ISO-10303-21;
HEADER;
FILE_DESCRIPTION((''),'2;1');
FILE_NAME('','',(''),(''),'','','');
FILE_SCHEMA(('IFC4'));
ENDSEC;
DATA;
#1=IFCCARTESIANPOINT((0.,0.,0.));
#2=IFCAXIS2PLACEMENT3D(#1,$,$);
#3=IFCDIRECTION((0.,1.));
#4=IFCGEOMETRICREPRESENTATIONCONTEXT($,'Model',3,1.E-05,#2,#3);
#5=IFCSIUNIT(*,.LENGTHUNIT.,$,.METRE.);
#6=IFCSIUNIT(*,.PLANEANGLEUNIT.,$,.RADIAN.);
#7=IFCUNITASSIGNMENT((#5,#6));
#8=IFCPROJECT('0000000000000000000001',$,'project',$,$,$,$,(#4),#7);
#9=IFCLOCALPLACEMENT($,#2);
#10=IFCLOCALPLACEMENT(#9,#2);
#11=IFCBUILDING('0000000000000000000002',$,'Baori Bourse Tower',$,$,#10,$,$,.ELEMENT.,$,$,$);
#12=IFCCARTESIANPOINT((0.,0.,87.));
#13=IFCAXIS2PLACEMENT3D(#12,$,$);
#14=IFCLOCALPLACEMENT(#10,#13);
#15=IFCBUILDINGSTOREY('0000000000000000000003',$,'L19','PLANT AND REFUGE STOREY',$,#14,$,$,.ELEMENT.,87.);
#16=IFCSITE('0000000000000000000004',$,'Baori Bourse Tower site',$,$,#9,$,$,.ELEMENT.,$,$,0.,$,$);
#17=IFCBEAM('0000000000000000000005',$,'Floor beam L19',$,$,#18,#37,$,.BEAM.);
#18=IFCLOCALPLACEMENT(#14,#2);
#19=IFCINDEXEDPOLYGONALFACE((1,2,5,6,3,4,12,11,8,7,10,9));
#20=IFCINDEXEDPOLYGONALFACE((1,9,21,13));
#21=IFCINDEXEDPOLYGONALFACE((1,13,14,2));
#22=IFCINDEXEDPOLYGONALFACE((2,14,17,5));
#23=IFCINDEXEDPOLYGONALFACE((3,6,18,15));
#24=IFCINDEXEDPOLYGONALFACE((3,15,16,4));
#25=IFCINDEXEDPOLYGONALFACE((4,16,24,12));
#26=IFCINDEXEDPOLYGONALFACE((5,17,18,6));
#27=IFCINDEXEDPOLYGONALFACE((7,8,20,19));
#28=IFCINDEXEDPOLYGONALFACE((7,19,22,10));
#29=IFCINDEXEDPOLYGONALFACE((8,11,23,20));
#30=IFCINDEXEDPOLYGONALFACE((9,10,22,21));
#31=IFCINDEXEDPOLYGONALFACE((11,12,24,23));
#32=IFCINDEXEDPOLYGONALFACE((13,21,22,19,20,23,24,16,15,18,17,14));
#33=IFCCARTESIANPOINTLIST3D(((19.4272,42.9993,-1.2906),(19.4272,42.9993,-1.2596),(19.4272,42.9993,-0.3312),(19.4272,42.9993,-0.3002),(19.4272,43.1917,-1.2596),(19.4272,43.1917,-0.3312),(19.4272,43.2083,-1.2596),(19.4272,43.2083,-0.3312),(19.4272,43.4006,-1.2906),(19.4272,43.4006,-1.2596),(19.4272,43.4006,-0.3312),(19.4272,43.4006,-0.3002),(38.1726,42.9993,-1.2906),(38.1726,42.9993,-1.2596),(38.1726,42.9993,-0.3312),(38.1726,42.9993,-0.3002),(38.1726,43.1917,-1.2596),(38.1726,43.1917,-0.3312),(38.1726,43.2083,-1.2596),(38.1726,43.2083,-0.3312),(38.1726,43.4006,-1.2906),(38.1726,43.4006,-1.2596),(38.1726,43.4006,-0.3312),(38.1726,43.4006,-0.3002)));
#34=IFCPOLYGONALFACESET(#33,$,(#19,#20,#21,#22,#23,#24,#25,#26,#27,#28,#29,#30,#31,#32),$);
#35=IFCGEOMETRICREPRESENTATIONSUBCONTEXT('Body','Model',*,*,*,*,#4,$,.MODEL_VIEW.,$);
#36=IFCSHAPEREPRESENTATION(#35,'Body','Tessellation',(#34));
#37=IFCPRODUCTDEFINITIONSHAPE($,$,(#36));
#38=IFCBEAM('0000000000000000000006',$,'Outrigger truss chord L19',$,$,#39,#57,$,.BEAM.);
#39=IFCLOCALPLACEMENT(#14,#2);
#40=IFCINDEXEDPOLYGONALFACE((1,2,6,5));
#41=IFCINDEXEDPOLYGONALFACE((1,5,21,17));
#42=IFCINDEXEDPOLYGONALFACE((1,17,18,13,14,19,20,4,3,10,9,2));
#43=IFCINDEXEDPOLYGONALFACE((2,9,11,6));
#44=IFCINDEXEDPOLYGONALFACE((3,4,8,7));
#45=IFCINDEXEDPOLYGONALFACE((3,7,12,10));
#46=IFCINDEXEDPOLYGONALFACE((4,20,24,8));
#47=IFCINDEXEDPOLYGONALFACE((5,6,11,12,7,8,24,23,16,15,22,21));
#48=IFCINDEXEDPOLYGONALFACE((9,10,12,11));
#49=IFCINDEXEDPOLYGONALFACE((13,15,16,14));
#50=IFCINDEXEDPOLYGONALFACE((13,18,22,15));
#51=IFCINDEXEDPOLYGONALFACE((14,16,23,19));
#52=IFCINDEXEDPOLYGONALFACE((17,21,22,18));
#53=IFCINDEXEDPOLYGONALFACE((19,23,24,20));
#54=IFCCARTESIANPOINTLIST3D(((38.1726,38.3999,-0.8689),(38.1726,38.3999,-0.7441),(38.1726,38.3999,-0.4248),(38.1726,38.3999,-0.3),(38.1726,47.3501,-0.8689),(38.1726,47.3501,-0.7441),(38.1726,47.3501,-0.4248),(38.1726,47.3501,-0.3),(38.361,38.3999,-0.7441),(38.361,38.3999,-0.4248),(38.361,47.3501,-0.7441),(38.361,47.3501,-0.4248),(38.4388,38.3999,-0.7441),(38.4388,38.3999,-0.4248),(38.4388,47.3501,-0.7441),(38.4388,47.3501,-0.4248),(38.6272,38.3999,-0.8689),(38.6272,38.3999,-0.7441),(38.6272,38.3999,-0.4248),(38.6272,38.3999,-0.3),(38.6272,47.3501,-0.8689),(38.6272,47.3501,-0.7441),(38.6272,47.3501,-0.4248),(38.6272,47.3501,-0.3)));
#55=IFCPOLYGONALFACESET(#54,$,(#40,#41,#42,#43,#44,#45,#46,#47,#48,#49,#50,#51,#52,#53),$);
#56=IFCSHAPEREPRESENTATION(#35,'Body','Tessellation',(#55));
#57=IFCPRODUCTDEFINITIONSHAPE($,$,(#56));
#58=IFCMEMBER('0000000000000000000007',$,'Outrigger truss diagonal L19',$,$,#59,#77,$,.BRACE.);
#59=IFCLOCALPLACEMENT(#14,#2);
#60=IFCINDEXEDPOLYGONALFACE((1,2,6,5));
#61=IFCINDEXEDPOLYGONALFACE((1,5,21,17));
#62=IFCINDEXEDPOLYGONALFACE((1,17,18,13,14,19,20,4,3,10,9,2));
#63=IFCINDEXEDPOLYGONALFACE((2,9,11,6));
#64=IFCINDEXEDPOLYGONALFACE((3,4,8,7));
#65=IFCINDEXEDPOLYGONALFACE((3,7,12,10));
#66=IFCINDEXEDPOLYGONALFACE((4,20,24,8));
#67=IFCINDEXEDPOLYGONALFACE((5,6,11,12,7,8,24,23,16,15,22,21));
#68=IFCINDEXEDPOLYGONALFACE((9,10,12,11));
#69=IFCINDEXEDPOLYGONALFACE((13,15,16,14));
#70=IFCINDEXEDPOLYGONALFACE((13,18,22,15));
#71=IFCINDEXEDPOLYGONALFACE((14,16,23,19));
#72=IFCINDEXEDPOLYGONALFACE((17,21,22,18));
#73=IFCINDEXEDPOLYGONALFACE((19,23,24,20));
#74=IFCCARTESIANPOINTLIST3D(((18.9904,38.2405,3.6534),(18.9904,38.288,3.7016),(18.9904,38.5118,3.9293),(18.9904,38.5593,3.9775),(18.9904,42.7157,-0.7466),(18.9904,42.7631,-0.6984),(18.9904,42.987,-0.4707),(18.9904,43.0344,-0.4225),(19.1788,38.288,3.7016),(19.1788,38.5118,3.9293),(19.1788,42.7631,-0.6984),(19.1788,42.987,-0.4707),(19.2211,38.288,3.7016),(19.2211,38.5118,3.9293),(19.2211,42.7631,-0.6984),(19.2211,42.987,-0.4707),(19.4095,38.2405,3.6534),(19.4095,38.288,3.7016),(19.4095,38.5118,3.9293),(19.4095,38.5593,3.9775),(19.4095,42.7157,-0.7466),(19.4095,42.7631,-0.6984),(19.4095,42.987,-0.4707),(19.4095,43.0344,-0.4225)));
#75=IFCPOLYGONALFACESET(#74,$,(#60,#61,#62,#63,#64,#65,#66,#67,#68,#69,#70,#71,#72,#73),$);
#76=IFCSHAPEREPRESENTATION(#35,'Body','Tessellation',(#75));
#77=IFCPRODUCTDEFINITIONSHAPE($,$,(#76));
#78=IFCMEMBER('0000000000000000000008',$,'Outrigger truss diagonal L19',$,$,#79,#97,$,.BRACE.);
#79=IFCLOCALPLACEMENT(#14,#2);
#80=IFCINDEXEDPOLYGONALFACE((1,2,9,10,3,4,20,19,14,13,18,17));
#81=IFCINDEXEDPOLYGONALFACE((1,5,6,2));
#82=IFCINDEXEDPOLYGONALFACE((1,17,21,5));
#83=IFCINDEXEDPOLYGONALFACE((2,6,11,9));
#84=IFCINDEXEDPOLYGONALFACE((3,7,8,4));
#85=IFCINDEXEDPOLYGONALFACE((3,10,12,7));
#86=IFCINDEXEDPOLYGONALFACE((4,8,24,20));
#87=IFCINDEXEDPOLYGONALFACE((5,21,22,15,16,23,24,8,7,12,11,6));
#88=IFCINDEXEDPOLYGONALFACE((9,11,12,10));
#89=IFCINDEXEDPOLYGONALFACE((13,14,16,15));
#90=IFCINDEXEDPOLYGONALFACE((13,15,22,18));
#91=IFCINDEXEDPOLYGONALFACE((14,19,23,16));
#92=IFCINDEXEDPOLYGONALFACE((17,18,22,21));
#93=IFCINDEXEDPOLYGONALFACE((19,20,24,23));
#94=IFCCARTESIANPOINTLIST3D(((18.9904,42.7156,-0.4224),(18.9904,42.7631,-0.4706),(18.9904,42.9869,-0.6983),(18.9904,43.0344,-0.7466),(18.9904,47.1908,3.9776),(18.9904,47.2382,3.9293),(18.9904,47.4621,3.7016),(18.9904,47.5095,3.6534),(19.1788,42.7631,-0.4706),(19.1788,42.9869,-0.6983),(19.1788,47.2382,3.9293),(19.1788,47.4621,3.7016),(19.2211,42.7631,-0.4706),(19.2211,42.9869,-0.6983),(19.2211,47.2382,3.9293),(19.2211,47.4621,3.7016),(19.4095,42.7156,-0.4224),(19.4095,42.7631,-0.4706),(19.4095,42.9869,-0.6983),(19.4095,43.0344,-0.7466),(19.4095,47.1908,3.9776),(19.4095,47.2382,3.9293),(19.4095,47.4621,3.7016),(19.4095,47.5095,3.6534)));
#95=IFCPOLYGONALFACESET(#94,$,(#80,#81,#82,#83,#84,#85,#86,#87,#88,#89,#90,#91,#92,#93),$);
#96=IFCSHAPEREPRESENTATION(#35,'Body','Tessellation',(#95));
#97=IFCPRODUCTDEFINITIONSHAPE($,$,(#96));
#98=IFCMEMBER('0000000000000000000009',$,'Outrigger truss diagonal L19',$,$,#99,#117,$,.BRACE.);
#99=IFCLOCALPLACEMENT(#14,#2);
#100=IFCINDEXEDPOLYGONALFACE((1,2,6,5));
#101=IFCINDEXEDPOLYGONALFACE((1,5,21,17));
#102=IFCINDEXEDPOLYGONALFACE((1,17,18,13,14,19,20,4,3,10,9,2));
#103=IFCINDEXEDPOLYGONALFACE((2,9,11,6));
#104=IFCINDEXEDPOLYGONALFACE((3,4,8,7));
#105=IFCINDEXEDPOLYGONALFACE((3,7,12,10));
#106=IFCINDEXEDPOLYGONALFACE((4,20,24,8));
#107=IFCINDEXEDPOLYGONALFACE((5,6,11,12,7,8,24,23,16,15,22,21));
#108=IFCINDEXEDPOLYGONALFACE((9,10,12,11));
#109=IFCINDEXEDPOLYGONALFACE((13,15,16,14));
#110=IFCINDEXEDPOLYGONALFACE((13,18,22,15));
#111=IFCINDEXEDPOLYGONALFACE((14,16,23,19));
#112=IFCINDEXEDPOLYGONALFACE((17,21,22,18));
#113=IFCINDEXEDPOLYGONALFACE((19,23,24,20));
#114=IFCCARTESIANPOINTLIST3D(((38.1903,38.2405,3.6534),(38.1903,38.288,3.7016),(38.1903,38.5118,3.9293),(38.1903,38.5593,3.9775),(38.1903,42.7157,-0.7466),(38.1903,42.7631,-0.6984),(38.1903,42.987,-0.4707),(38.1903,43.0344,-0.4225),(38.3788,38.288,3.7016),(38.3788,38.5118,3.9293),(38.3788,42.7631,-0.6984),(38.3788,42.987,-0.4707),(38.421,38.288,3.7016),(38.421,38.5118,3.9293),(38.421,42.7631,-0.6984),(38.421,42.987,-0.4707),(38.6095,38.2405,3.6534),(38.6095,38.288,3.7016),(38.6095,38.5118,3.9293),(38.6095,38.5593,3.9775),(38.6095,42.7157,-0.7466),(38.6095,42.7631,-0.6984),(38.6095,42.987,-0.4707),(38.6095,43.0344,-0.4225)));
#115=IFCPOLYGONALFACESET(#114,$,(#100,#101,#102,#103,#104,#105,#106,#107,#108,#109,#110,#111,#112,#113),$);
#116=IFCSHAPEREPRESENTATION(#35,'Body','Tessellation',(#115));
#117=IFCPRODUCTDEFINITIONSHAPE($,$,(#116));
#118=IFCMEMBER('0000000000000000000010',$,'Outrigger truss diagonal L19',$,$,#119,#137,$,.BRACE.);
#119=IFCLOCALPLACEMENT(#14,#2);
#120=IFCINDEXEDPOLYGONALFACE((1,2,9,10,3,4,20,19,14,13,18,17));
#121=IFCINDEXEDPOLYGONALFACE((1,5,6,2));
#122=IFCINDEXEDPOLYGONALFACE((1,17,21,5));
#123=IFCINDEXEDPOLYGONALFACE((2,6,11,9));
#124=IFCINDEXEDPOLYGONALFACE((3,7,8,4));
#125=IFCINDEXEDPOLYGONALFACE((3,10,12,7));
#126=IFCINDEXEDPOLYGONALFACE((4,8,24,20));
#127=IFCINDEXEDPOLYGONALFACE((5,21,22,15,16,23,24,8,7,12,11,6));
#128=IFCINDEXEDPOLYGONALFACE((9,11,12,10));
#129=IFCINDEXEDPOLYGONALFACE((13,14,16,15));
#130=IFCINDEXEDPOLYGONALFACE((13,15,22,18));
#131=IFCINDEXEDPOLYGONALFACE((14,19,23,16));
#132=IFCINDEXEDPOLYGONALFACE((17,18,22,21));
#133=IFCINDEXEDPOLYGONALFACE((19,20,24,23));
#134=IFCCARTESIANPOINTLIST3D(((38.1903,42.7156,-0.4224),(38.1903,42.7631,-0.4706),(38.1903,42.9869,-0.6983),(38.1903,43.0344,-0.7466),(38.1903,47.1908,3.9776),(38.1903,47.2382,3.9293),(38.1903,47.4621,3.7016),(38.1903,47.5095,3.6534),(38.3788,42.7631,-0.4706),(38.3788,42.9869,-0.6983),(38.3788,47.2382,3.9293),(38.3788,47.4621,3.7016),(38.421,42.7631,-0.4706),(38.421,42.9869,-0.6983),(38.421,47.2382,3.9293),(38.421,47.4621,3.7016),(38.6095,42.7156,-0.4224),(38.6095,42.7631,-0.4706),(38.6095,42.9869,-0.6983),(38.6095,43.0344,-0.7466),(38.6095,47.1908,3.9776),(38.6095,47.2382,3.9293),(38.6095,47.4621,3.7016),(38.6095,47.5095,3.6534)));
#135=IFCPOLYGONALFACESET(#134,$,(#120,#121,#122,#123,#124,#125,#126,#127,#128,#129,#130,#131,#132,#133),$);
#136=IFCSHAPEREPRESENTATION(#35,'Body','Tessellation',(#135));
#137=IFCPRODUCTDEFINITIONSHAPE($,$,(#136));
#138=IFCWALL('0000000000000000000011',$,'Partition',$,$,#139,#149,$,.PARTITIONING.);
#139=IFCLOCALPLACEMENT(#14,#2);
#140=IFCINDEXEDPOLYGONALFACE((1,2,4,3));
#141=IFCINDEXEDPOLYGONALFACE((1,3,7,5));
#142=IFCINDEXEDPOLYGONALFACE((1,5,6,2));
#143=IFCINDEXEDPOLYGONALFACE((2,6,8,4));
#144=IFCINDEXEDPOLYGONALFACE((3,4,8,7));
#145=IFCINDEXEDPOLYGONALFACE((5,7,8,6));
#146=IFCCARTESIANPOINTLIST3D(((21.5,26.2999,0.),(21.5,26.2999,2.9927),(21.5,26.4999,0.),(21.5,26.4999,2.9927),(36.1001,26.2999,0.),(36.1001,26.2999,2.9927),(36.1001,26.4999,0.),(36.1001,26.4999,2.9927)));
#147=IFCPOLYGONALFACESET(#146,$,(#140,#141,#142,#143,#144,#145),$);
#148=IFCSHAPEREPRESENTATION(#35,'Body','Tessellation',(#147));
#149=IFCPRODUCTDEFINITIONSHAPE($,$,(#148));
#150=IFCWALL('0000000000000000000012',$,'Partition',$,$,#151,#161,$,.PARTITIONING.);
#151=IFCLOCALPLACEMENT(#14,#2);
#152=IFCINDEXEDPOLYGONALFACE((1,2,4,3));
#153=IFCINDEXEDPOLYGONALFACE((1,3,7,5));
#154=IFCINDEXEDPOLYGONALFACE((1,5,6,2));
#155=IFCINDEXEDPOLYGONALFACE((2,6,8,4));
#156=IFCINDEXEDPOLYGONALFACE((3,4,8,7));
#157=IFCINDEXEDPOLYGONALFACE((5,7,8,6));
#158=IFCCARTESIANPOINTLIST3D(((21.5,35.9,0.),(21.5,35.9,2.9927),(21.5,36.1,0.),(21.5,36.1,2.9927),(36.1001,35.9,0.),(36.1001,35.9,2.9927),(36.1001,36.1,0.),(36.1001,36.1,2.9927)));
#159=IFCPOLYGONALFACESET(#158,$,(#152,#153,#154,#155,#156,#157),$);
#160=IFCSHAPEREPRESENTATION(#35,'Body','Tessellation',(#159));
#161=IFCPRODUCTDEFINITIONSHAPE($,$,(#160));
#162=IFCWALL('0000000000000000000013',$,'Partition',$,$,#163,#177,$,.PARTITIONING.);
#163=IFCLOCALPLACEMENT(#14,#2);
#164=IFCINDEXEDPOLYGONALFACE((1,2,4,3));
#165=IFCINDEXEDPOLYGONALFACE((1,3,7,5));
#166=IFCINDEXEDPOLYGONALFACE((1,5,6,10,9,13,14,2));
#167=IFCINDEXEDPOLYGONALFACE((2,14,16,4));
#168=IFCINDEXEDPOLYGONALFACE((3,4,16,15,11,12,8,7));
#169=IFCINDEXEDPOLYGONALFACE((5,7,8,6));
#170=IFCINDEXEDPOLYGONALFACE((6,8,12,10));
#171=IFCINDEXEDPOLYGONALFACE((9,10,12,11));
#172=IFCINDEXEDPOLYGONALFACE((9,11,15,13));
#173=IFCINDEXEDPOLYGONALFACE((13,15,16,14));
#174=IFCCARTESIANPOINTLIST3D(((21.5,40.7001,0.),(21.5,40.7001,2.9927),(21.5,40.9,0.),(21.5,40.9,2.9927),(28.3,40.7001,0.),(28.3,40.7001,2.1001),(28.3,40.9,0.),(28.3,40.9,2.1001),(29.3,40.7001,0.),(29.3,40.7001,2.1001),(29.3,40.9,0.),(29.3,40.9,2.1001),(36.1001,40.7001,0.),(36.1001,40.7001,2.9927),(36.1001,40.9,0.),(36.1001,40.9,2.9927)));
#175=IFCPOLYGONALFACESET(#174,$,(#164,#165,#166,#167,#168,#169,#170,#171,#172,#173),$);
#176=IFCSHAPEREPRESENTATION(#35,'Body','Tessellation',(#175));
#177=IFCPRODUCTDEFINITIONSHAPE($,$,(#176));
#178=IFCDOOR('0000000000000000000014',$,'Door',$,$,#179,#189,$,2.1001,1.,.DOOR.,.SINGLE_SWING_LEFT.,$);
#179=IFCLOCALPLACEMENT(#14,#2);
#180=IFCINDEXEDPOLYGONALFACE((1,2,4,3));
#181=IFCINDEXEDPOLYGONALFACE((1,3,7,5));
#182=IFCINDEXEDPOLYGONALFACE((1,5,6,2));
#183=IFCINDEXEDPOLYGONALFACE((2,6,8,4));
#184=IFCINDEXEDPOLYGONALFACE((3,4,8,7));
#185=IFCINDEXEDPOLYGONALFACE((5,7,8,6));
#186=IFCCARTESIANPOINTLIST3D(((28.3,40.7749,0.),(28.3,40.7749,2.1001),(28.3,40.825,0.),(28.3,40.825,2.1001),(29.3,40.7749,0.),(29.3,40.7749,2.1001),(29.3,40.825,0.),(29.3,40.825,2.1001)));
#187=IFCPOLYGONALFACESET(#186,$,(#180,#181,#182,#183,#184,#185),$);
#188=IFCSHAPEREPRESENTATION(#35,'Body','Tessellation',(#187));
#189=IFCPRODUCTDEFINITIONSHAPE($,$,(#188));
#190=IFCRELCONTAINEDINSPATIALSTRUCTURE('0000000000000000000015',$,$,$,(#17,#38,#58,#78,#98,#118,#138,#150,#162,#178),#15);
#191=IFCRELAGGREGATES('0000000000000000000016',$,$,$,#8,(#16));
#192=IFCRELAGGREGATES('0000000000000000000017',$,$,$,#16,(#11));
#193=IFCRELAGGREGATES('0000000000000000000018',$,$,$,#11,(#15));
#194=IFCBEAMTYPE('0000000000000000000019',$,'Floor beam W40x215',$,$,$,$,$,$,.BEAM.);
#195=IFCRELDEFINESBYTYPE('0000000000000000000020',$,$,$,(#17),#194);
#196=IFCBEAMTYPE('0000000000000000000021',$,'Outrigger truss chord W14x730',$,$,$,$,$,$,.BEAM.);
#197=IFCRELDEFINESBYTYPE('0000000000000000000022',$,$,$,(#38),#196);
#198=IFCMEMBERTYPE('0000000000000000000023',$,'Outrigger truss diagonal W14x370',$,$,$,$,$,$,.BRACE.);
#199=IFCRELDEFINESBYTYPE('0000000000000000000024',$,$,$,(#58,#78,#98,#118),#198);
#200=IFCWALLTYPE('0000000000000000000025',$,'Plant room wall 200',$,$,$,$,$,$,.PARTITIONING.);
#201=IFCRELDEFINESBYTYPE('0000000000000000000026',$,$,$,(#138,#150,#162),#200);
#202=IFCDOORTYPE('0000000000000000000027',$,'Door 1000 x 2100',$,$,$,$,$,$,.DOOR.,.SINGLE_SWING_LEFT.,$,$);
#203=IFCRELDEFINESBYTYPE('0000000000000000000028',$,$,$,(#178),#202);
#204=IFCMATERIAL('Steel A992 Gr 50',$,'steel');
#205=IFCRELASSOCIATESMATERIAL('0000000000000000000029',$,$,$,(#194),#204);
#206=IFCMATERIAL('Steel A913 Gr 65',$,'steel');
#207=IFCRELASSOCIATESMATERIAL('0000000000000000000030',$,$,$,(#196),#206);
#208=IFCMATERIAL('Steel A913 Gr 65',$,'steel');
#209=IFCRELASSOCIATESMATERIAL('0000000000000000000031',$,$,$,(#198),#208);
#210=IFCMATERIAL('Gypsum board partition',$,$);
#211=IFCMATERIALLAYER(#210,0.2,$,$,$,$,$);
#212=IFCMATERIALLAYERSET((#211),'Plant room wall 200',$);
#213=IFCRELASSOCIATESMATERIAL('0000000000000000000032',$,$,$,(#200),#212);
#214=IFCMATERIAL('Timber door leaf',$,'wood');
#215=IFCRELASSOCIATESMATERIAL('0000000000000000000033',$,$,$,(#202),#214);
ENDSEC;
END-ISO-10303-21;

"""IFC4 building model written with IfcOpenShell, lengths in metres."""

from ifc_helpers import new_model, si_unit, direction, frame, frame_2d, origin, origin_2d, place, context, subcontext, project, spatial, rectangle, i_section, extrude, material, layer, layer_set, material_profile, profile_set, type_object, element, fill, save


model = new_model("IFC4")

# Units and contexts
model_context = context("Model", 3, precision=1e-05, world=origin(), true_north=direction((0.0, 1.0)))
body_context = subcontext(model_context, "Body", "Model", "MODEL_VIEW")
ifc_project = project(units=[si_unit("LENGTHUNIT", "METRE"), si_unit("PLANEANGLEUNIT", "RADIAN")], contexts=[model_context])

# Site, building, storey
site_placement = place(None, origin())
site = spatial("IfcSite", under=ifc_project, at=site_placement, Name="Baori Bourse Tower site", CompositionType="ELEMENT", RefElevation=0.0)
building_placement = place(site_placement, origin())
building = spatial("IfcBuilding", under=site, at=building_placement, Name="Baori Bourse Tower", CompositionType="ELEMENT")
storey_placement = place(building_placement, frame((0.0, 0.0, 87.0)))
storey = spatial("IfcBuildingStorey", under=building, at=storey_placement, Name="L19", Description="PLANT AND REFUGE STOREY", CompositionType="ELEMENT", Elevation=87.0)

# Beams
ifc_material_1 = material(Name="Steel A992 Gr 50", Category="steel")
ifc_material_profile_1 = material_profile(ifc_material_1, i_section(OverallWidth=0.4014, OverallDepth=0.9905, WebThickness=0.0166, FlangeThickness=0.031, at=origin_2d()), Name="W40x215")
ifc_profile_set_1 = profile_set([ifc_material_profile_1], Name="Steel A992 Gr 50")
beam_type_1 = type_object("IfcBeamType", Name="Floor beam W40x215", PredefinedType="BEAM", material=ifc_profile_set_1)
beam_1_placement = place(storey_placement, frame((19.4272, 43.2, -0.7954), z_axis=(1.0, 0.0, 0.0), x_axis=(0.0, 1.0, 0.0)))
element("IfcBeam", 1, at=beam_1_placement, inside=storey, type_object=beam_type_1, Name="Floor beam L19", PredefinedType="BEAM", context=body_context, shape_type="SweptSolid", body=[
    extrude(i_section(OverallWidth=0.4014, OverallDepth=0.9905, WebThickness=0.0166, FlangeThickness=0.031, at=origin_2d()), origin(), (0.0, 0.0, 1.0), 18.7454),
])
ifc_material_2 = material(Name="Steel A913 Gr 65", Category="steel")
ifc_material_profile_2 = material_profile(ifc_material_2, i_section(OverallWidth=0.4546, OverallDepth=0.5688, WebThickness=0.0779, FlangeThickness=0.1248, at=origin_2d()), Name="W14x730")
ifc_profile_set_2 = profile_set([ifc_material_profile_2], Name="Steel A913 Gr 65")
beam_type_2 = type_object("IfcBeamType", Name="Outrigger truss chord W14x730", PredefinedType="BEAM", material=ifc_profile_set_2)
beam_2_placement = place(storey_placement, frame((38.3999, 38.3999, -0.5845), z_axis=(0.0, 1.0, 0.0), x_axis=(-1.0, 0.0, 0.0)))
element("IfcBeam", 2, at=beam_2_placement, inside=storey, type_object=beam_type_2, Name="Outrigger truss chord L19", PredefinedType="BEAM", context=body_context, shape_type="SweptSolid", body=[
    extrude(i_section(OverallWidth=0.4546, OverallDepth=0.5688, WebThickness=0.0779, FlangeThickness=0.1248, at=origin_2d()), origin(), (0.0, 0.0, 1.0), 8.9502),
])

# Members
ifc_material_3 = material(Name="Steel A913 Gr 65", Category="steel")
ifc_material_profile_3 = material_profile(ifc_material_3, i_section(OverallWidth=0.4192, OverallDepth=0.4546, WebThickness=0.0422, FlangeThickness=0.0676, at=origin_2d()), Name="W14x370")
ifc_profile_set_3 = profile_set([ifc_material_profile_3], Name="Steel A913 Gr 65")
member_type = type_object("IfcMemberType", Name="Outrigger truss diagonal W14x370", PredefinedType="BRACE", material=ifc_profile_set_3)
for number, where, z_axis, x_axis, name in (
    (3, (19.2, 38.3999, 3.8154), (0.0, 0.713072, -0.701091), (-1.0, 0.0, 0.0), "Outrigger truss diagonal L19"),
    (4, (19.2, 42.875, -0.5845), (0.0, 0.713072, 0.701091), (-1.0, 0.0, 0.0), "Outrigger truss diagonal L19"),
    (5, (38.3999, 38.3999, 3.8154), (0.0, 0.713072, -0.701091), (-1.0, 0.0, 0.0), "Outrigger truss diagonal L19"),
    (6, (38.3999, 42.875, -0.5845), (0.0, 0.713072, 0.701091), (-1.0, 0.0, 0.0), "Outrigger truss diagonal L19"),
):
    element("IfcMember", number, at=place(storey_placement, frame(where, z_axis=z_axis, x_axis=x_axis)), inside=storey, type_object=member_type, Name=name, PredefinedType="BRACE", context=body_context, shape_type="SweptSolid", body=[
        extrude(i_section(OverallWidth=0.4192, OverallDepth=0.4546, WebThickness=0.0422, FlangeThickness=0.0676, at=origin_2d()), origin(), (0.0, 0.0, 1.0), 6.2759),
    ])

# Walls
ifc_material_4 = material(Name="Gypsum board partition")
ifc_layer = layer(ifc_material_4, 0.2)
ifc_layer_set = layer_set([ifc_layer], Name="Plant room wall 200")
wall_type = type_object("IfcWallType", Name="Plant room wall 200", PredefinedType="PARTITIONING", material=ifc_layer_set)
for number, where, z_axis, x_axis, name in (
    (7, (21.5, 26.3999, 0.0), (0.0, 0.0, 1.0), (1.0, 0.0, 0.0), "Partition"),
    (8, (21.5, 36.0, 0.0), (0.0, 0.0, 1.0), (1.0, 0.0, 0.0), "Partition"),
):
    element("IfcWall", number, at=place(storey_placement, frame(where, z_axis=z_axis, x_axis=x_axis)), inside=storey, type_object=wall_type, Name=name, PredefinedType="PARTITIONING", context=body_context, shape_type="SweptSolid", body=[
        extrude(rectangle(XDim=14.6001, YDim=0.2, at=frame_2d((7.3, 0.0))), origin(), (0.0, 0.0, 1.0), 2.9927),
    ])

# Wall, opening, door
wall_1_placement = place(storey_placement, frame((21.5, 40.8, 0.0), z_axis=(0.0, 0.0, 1.0), x_axis=(1.0, 0.0, 0.0)))
wall_1 = element("IfcWall", 9, at=wall_1_placement, inside=storey, type_object=wall_type, Name="Partition", PredefinedType="PARTITIONING", context=body_context, shape_type="SweptSolid", body=[
    extrude(rectangle(XDim=14.6001, YDim=0.2, at=frame_2d((7.3, 0.0))), origin(), (0.0, 0.0, 1.0), 2.9927),
])
opening_1_placement = place(wall_1_placement, frame((6.8, 0.0, 0.0)))
opening_1 = element("IfcOpeningElement", 10, at=opening_1_placement, cuts=wall_1, PredefinedType="OPENING", context=body_context, shape_type="SweptSolid", body=[
    extrude(rectangle(XDim=1.0, YDim=2.1001, at=frame_2d((0.5, 1.05))), frame((0.0, 0.1099, 0.0), z_axis=(0.0, -1.0, 0.0), x_axis=(1.0, 0.0, 0.0)), (0.0, 0.0, 1.0), 0.22),
])
ifc_material_5 = material(Name="Timber door leaf", Category="wood")
door_type = type_object("IfcDoorType", Name="Door 1000 x 2100", OperationType="SINGLE_SWING_LEFT", PredefinedType="DOOR", material=ifc_material_5)
door_1_placement = place(opening_1_placement, origin())
door_1 = element("IfcDoor", 11, at=door_1_placement, inside=storey, type_object=door_type, Name="Door", OperationType="SINGLE_SWING_LEFT", OverallHeight=2.1001, OverallWidth=1.0, PredefinedType="DOOR", context=body_context, shape_type="SweptSolid", body=[
    extrude(rectangle(XDim=1.0, YDim=2.1001, at=frame_2d((0.5, 1.05))), frame((0.0, 0.0249, 0.0), z_axis=(0.0, -1.0, 0.0), x_axis=(1.0, 0.0, 0.0)), (0.0, 0.0, 1.0), 0.05),
])
fill(opening_1, door_1)

save(model, "model.ifc")
